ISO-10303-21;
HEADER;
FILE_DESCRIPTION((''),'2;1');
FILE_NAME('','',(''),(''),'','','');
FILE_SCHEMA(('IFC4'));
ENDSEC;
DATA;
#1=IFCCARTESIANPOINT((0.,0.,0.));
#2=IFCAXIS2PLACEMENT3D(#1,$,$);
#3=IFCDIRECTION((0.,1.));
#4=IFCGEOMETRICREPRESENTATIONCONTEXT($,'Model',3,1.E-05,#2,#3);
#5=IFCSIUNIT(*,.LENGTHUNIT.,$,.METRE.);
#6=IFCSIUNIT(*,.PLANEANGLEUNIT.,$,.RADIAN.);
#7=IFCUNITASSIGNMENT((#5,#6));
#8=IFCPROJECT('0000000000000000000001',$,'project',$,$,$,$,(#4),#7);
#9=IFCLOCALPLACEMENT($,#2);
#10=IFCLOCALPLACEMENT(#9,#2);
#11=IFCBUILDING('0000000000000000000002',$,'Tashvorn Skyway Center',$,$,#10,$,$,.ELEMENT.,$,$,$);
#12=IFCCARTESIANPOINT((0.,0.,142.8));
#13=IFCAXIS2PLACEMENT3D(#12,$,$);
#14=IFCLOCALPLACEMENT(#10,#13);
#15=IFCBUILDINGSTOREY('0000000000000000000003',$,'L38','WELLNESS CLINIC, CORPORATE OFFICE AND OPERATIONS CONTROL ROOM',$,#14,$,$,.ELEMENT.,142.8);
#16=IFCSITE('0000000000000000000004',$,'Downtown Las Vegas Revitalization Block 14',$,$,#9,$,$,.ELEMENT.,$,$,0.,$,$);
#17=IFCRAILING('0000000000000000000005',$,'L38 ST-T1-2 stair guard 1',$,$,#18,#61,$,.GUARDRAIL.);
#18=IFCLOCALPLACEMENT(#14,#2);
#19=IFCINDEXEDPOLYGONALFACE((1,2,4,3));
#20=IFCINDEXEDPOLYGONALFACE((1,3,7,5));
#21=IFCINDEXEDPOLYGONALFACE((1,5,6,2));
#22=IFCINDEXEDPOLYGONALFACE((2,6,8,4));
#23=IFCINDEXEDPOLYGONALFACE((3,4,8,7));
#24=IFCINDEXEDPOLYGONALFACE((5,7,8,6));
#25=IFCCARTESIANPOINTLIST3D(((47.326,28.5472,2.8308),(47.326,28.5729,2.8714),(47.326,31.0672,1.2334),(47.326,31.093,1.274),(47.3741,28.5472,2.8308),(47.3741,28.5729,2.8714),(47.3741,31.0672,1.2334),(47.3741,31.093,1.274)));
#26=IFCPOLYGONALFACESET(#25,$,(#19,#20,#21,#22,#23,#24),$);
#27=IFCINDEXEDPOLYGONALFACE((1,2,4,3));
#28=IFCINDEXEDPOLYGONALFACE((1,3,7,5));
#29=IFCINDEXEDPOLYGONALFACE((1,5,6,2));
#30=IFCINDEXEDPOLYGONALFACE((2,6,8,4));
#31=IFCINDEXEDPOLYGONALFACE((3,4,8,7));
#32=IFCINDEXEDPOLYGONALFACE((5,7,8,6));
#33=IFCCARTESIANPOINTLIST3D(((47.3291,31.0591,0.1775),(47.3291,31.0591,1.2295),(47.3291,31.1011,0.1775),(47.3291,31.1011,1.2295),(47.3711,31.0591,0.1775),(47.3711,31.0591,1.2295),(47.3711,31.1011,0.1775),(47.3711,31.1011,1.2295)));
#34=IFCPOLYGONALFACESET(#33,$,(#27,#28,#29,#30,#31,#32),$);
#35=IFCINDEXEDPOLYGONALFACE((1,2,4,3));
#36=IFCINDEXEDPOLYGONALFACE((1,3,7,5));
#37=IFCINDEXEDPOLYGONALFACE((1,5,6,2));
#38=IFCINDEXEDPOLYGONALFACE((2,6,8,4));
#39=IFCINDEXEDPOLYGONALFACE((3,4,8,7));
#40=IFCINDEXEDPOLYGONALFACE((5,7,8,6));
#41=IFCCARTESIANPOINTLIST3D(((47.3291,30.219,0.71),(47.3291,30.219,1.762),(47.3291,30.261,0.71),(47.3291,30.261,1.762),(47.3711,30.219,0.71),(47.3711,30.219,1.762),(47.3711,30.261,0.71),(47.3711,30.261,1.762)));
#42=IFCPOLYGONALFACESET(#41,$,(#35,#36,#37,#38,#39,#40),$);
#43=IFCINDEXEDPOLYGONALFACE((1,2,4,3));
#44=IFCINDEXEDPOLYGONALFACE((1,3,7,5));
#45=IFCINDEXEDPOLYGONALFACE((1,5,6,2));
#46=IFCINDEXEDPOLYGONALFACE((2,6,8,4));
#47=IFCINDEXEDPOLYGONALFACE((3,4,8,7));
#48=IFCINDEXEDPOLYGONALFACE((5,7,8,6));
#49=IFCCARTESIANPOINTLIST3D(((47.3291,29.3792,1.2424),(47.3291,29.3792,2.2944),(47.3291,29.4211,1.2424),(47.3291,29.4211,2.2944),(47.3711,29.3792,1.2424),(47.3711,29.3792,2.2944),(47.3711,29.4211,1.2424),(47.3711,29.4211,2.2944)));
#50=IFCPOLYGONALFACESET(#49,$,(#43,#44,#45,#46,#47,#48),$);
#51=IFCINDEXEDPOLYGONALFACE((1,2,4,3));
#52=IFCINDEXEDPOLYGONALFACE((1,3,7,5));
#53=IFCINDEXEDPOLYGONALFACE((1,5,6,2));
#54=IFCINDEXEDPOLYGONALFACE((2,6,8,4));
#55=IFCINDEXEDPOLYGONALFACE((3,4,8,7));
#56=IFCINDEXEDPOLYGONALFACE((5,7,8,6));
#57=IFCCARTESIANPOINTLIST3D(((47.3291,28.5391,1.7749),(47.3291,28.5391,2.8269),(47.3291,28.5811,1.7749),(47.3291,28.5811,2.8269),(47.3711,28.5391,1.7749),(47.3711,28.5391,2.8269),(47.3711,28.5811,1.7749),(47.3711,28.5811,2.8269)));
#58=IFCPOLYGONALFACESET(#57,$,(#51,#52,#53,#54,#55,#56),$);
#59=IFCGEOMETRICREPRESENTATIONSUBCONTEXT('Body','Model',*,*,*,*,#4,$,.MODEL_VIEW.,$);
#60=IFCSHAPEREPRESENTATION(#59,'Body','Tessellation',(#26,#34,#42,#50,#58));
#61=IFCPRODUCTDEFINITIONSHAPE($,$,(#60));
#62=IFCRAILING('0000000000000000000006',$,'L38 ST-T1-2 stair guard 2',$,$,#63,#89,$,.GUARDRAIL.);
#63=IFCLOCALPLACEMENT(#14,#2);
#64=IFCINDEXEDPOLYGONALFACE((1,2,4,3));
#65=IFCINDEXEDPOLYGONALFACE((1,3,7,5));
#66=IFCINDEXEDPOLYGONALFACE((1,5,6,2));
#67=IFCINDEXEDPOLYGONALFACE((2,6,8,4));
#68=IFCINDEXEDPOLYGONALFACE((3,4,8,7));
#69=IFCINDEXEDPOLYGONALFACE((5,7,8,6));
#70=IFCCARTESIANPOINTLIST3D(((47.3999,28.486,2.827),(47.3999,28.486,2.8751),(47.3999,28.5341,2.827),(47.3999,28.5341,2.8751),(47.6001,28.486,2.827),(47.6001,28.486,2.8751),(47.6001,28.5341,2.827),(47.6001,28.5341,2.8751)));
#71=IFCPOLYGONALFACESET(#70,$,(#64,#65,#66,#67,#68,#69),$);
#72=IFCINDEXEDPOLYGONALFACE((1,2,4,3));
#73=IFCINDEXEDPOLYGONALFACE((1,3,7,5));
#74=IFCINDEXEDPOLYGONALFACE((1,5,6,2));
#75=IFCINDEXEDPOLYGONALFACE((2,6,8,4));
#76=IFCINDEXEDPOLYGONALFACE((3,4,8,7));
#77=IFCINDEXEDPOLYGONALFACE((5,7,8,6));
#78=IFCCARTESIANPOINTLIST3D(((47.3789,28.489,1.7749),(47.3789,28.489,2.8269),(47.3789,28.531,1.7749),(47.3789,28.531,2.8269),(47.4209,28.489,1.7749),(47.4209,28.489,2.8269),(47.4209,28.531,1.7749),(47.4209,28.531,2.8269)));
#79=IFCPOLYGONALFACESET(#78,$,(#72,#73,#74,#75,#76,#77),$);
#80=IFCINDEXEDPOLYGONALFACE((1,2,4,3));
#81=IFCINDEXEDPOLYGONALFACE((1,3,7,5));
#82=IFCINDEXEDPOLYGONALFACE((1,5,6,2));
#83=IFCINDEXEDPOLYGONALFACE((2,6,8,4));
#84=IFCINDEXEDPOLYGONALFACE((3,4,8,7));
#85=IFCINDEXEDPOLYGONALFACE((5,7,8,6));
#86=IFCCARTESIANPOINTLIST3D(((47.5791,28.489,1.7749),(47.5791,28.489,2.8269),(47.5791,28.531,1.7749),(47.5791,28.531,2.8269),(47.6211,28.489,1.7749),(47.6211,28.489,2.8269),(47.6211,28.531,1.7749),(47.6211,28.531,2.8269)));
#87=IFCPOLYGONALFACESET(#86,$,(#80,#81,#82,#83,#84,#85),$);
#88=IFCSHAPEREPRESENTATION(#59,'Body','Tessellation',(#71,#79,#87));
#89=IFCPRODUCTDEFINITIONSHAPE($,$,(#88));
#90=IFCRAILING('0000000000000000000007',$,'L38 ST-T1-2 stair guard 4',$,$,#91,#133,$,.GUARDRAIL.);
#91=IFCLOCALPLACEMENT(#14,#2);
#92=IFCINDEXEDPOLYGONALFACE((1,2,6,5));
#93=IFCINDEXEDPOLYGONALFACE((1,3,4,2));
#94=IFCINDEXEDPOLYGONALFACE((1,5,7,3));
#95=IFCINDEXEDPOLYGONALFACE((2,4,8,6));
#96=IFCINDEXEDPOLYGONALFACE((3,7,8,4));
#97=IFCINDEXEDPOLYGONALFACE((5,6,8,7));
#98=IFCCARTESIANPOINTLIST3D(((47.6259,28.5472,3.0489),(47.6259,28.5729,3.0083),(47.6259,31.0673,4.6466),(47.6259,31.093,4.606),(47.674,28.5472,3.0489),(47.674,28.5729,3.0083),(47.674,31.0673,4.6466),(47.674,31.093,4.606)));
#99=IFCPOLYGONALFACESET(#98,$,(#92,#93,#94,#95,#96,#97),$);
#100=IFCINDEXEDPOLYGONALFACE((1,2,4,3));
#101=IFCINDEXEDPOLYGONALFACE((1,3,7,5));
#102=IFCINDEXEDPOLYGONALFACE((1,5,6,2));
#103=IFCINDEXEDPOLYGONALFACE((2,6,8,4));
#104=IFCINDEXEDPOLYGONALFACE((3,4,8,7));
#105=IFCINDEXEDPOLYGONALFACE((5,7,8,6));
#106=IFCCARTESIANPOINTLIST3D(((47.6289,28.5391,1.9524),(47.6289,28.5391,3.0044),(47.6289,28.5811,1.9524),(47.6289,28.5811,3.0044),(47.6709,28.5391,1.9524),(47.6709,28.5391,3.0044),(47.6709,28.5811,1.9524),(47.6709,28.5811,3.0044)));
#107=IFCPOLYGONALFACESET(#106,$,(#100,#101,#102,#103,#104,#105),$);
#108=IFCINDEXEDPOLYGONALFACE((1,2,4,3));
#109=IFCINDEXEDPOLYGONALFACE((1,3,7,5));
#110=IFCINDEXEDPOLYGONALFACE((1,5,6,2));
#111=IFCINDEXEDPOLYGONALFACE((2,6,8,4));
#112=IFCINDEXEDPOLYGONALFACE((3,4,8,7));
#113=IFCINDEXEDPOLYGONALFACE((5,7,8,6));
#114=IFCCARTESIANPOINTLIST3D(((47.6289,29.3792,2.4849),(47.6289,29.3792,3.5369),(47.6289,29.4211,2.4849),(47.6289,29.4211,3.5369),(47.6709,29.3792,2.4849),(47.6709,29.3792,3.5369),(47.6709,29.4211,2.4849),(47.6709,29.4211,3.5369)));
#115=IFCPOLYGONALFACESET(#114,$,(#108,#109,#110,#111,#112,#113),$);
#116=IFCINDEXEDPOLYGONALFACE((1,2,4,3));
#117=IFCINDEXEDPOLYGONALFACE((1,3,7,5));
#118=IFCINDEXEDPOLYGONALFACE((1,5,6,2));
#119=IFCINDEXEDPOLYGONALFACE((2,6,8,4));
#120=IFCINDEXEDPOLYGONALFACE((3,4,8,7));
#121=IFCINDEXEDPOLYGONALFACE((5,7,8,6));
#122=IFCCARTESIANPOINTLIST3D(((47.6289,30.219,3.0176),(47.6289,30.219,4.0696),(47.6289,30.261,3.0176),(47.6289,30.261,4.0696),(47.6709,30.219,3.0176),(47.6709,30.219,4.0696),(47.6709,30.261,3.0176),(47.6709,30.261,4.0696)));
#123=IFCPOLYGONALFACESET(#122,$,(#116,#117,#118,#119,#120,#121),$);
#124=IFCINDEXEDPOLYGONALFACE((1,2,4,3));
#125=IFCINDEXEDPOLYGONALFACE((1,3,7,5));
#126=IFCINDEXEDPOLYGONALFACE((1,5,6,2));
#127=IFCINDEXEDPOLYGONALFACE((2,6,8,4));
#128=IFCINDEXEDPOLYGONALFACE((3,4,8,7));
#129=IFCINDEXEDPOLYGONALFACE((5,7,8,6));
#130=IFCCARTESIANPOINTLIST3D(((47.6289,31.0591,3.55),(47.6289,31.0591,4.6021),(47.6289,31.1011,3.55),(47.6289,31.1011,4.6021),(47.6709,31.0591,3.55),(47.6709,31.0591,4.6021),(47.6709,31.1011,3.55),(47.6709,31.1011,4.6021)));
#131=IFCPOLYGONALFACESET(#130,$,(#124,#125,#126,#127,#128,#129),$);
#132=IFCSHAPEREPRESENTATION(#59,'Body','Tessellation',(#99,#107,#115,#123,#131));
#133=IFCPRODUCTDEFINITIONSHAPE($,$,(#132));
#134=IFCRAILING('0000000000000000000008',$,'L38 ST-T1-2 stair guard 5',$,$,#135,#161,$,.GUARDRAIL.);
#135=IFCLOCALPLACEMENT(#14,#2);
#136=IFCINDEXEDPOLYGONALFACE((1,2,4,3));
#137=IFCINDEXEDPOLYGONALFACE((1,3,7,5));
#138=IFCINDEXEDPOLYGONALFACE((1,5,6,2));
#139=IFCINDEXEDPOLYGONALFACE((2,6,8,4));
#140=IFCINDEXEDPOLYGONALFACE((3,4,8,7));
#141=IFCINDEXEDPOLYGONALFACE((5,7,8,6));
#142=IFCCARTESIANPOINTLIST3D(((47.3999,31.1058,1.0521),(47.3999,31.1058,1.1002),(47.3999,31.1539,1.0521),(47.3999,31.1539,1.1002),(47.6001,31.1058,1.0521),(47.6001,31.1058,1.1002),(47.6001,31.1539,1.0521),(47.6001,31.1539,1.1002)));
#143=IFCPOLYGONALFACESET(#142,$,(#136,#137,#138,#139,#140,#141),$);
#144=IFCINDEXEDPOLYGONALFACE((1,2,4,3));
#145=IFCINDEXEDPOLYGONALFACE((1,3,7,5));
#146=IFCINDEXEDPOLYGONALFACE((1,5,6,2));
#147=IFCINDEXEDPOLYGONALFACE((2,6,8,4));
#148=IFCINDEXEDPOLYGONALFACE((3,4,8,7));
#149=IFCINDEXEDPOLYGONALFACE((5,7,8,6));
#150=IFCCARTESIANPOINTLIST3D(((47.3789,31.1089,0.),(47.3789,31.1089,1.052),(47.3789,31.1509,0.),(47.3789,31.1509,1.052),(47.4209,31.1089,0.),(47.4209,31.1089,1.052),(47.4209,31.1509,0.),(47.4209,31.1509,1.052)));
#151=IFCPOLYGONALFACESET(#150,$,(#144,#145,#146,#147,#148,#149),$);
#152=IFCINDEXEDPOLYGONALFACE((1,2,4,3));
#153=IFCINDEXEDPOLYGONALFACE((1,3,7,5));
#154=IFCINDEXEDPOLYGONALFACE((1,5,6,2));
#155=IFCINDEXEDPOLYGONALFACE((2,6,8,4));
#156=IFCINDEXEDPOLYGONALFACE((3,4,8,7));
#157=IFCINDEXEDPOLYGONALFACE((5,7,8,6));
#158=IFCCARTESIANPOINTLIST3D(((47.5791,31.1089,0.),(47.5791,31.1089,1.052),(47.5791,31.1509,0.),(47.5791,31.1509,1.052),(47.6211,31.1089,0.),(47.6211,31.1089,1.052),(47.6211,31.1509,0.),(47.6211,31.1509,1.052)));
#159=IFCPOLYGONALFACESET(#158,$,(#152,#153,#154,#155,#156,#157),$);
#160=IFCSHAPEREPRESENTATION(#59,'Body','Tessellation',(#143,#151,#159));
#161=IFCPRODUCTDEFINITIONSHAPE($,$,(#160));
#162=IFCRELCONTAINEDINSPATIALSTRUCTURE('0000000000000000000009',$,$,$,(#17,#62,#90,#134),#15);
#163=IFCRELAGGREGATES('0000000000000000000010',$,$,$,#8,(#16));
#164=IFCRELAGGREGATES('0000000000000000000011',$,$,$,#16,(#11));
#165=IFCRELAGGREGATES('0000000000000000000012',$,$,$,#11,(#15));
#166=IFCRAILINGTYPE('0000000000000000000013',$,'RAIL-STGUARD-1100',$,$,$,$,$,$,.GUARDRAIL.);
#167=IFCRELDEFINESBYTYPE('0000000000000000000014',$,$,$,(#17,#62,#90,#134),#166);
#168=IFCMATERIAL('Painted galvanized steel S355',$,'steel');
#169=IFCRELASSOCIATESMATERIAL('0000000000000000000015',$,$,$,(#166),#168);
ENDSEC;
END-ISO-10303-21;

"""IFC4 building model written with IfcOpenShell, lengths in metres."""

from ifc_helpers import new_model, si_unit, direction, frame, origin, origin_2d, place, context, subcontext, project, spatial, rectangle, extrude, material, type_object, element, save


model = new_model("IFC4")

# Units and contexts
model_context = context("Model", 3, precision=1e-05, world=origin(), true_north=direction((0.0, 1.0)))
body_context = subcontext(model_context, "Body", "Model", "MODEL_VIEW")
ifc_project = project(units=[si_unit("LENGTHUNIT", "METRE"), si_unit("PLANEANGLEUNIT", "RADIAN")], contexts=[model_context])

# Site, building, storey
site_placement = place(None, origin())
site = spatial("IfcSite", under=ifc_project, at=site_placement, Name="Downtown Las Vegas Revitalization Block 14", CompositionType="ELEMENT", RefElevation=0.0)
building_placement = place(site_placement, origin())
building = spatial("IfcBuilding", under=site, at=building_placement, Name="Tashvorn Skyway Center", CompositionType="ELEMENT")
storey_placement = place(building_placement, frame((0.0, 0.0, 142.8)))
storey = spatial("IfcBuildingStorey", under=building, at=storey_placement, Name="L38", Description="WELLNESS CLINIC, CORPORATE OFFICE AND OPERATIONS CONTROL ROOM", CompositionType="ELEMENT", Elevation=142.8)

# Railings
ifc_material_1 = material(Name="Painted galvanized steel S355", Category="steel")
railing_type_1 = type_object("IfcRailingType", Name="RAIL-STGUARD-1100", PredefinedType="GUARDRAIL", material=ifc_material_1)
railing_1_placement = place(storey_placement, frame((47.3501, 31.0801, 0.1775)))
element("IfcRailing", 1, at=railing_1_placement, inside=storey, type_object=railing_type_1, Name="L38 ST-T1-2 stair guard 1", PredefinedType="GUARDRAIL", context=body_context, shape_type="SweptSolid", body=[
    extrude(rectangle(XDim=0.0481, YDim=0.0481, at=origin_2d()), frame((0.0, 0.0, 1.0762), z_axis=(0.0, -0.844607, 0.535387), x_axis=(1.0, 0.0, 0.0)), (0.0, 0.0, 1.0), 2.9836),
    extrude(rectangle(XDim=0.042, YDim=0.042, at=origin_2d()), origin(), (0.0, 0.0, 1.0), 1.052),
    extrude(rectangle(XDim=0.042, YDim=0.042, at=origin_2d()), frame((0.0, -0.8401, 0.5325)), (0.0, 0.0, 1.0), 1.052),
    extrude(rectangle(XDim=0.042, YDim=0.042, at=origin_2d()), frame((0.0, -1.6799, 1.0649)), (0.0, 0.0, 1.0), 1.052),
    extrude(rectangle(XDim=0.042, YDim=0.042, at=origin_2d()), frame((0.0, -2.52, 1.5974)), (0.0, 0.0, 1.0), 1.052),
])
railing_2_placement = place(storey_placement, frame((47.3999, 28.51, 1.7749)))
element("IfcRailing", 2, at=railing_2_placement, inside=storey, type_object=railing_type_1, Name="L38 ST-T1-2 stair guard 2", PredefinedType="GUARDRAIL", context=body_context, shape_type="SweptSolid", body=[
    extrude(rectangle(XDim=0.0481, YDim=0.0481, at=origin_2d()), frame((0.0, 0.0, 1.0762), z_axis=(1.0, 0.0, 0.0), x_axis=(0.0, 1.0, 0.0)), (0.0, 0.0, 1.0), 0.2002),
    extrude(rectangle(XDim=0.042, YDim=0.042, at=origin_2d()), origin(), (0.0, 0.0, 1.0), 1.052),
    extrude(rectangle(XDim=0.042, YDim=0.042, at=origin_2d()), frame((0.2002, 0.0, 0.0)), (0.0, 0.0, 1.0), 1.052),
])
railing_3_placement = place(storey_placement, frame((47.6499, 28.5601, 1.9524)))
element("IfcRailing", 3, at=railing_3_placement, inside=storey, type_object=railing_type_1, Name="L38 ST-T1-2 stair guard 4", PredefinedType="GUARDRAIL", context=body_context, shape_type="SweptSolid", body=[
    extrude(rectangle(XDim=0.0481, YDim=0.0481, at=origin_2d()), frame((0.0, 0.0, 1.0762), z_axis=(0.0, 0.84457, 0.535445), x_axis=(-1.0, 0.0, 0.0)), (0.0, 0.0, 1.0), 2.9839),
    extrude(rectangle(XDim=0.042, YDim=0.042, at=origin_2d()), origin(), (0.0, 0.0, 1.0), 1.052),
    extrude(rectangle(XDim=0.042, YDim=0.042, at=origin_2d()), frame((0.0, 0.8401, 0.5325)), (0.0, 0.0, 1.0), 1.052),
    extrude(rectangle(XDim=0.042, YDim=0.042, at=origin_2d()), frame((0.0, 1.6799, 1.0652)), (0.0, 0.0, 1.0), 1.052),
    extrude(rectangle(XDim=0.042, YDim=0.042, at=origin_2d()), frame((0.0, 2.52, 1.5977)), (0.0, 0.0, 1.0), 1.052),
])
railing_4_placement = place(storey_placement, frame((47.3999, 31.1299, 0.0)))
element("IfcRailing", 4, at=railing_4_placement, inside=storey, type_object=railing_type_1, Name="L38 ST-T1-2 stair guard 5", PredefinedType="GUARDRAIL", context=body_context, shape_type="SweptSolid", body=[
    extrude(rectangle(XDim=0.0481, YDim=0.0481, at=origin_2d()), frame((0.0, 0.0, 1.0762), z_axis=(1.0, 0.0, 0.0), x_axis=(0.0, 1.0, 0.0)), (0.0, 0.0, 1.0), 0.2002),
    extrude(rectangle(XDim=0.042, YDim=0.042, at=origin_2d()), origin(), (0.0, 0.0, 1.0), 1.052),
    extrude(rectangle(XDim=0.042, YDim=0.042, at=origin_2d()), frame((0.2002, 0.0, 0.0)), (0.0, 0.0, 1.0), 1.052),
])

save(model, "model.ifc")
